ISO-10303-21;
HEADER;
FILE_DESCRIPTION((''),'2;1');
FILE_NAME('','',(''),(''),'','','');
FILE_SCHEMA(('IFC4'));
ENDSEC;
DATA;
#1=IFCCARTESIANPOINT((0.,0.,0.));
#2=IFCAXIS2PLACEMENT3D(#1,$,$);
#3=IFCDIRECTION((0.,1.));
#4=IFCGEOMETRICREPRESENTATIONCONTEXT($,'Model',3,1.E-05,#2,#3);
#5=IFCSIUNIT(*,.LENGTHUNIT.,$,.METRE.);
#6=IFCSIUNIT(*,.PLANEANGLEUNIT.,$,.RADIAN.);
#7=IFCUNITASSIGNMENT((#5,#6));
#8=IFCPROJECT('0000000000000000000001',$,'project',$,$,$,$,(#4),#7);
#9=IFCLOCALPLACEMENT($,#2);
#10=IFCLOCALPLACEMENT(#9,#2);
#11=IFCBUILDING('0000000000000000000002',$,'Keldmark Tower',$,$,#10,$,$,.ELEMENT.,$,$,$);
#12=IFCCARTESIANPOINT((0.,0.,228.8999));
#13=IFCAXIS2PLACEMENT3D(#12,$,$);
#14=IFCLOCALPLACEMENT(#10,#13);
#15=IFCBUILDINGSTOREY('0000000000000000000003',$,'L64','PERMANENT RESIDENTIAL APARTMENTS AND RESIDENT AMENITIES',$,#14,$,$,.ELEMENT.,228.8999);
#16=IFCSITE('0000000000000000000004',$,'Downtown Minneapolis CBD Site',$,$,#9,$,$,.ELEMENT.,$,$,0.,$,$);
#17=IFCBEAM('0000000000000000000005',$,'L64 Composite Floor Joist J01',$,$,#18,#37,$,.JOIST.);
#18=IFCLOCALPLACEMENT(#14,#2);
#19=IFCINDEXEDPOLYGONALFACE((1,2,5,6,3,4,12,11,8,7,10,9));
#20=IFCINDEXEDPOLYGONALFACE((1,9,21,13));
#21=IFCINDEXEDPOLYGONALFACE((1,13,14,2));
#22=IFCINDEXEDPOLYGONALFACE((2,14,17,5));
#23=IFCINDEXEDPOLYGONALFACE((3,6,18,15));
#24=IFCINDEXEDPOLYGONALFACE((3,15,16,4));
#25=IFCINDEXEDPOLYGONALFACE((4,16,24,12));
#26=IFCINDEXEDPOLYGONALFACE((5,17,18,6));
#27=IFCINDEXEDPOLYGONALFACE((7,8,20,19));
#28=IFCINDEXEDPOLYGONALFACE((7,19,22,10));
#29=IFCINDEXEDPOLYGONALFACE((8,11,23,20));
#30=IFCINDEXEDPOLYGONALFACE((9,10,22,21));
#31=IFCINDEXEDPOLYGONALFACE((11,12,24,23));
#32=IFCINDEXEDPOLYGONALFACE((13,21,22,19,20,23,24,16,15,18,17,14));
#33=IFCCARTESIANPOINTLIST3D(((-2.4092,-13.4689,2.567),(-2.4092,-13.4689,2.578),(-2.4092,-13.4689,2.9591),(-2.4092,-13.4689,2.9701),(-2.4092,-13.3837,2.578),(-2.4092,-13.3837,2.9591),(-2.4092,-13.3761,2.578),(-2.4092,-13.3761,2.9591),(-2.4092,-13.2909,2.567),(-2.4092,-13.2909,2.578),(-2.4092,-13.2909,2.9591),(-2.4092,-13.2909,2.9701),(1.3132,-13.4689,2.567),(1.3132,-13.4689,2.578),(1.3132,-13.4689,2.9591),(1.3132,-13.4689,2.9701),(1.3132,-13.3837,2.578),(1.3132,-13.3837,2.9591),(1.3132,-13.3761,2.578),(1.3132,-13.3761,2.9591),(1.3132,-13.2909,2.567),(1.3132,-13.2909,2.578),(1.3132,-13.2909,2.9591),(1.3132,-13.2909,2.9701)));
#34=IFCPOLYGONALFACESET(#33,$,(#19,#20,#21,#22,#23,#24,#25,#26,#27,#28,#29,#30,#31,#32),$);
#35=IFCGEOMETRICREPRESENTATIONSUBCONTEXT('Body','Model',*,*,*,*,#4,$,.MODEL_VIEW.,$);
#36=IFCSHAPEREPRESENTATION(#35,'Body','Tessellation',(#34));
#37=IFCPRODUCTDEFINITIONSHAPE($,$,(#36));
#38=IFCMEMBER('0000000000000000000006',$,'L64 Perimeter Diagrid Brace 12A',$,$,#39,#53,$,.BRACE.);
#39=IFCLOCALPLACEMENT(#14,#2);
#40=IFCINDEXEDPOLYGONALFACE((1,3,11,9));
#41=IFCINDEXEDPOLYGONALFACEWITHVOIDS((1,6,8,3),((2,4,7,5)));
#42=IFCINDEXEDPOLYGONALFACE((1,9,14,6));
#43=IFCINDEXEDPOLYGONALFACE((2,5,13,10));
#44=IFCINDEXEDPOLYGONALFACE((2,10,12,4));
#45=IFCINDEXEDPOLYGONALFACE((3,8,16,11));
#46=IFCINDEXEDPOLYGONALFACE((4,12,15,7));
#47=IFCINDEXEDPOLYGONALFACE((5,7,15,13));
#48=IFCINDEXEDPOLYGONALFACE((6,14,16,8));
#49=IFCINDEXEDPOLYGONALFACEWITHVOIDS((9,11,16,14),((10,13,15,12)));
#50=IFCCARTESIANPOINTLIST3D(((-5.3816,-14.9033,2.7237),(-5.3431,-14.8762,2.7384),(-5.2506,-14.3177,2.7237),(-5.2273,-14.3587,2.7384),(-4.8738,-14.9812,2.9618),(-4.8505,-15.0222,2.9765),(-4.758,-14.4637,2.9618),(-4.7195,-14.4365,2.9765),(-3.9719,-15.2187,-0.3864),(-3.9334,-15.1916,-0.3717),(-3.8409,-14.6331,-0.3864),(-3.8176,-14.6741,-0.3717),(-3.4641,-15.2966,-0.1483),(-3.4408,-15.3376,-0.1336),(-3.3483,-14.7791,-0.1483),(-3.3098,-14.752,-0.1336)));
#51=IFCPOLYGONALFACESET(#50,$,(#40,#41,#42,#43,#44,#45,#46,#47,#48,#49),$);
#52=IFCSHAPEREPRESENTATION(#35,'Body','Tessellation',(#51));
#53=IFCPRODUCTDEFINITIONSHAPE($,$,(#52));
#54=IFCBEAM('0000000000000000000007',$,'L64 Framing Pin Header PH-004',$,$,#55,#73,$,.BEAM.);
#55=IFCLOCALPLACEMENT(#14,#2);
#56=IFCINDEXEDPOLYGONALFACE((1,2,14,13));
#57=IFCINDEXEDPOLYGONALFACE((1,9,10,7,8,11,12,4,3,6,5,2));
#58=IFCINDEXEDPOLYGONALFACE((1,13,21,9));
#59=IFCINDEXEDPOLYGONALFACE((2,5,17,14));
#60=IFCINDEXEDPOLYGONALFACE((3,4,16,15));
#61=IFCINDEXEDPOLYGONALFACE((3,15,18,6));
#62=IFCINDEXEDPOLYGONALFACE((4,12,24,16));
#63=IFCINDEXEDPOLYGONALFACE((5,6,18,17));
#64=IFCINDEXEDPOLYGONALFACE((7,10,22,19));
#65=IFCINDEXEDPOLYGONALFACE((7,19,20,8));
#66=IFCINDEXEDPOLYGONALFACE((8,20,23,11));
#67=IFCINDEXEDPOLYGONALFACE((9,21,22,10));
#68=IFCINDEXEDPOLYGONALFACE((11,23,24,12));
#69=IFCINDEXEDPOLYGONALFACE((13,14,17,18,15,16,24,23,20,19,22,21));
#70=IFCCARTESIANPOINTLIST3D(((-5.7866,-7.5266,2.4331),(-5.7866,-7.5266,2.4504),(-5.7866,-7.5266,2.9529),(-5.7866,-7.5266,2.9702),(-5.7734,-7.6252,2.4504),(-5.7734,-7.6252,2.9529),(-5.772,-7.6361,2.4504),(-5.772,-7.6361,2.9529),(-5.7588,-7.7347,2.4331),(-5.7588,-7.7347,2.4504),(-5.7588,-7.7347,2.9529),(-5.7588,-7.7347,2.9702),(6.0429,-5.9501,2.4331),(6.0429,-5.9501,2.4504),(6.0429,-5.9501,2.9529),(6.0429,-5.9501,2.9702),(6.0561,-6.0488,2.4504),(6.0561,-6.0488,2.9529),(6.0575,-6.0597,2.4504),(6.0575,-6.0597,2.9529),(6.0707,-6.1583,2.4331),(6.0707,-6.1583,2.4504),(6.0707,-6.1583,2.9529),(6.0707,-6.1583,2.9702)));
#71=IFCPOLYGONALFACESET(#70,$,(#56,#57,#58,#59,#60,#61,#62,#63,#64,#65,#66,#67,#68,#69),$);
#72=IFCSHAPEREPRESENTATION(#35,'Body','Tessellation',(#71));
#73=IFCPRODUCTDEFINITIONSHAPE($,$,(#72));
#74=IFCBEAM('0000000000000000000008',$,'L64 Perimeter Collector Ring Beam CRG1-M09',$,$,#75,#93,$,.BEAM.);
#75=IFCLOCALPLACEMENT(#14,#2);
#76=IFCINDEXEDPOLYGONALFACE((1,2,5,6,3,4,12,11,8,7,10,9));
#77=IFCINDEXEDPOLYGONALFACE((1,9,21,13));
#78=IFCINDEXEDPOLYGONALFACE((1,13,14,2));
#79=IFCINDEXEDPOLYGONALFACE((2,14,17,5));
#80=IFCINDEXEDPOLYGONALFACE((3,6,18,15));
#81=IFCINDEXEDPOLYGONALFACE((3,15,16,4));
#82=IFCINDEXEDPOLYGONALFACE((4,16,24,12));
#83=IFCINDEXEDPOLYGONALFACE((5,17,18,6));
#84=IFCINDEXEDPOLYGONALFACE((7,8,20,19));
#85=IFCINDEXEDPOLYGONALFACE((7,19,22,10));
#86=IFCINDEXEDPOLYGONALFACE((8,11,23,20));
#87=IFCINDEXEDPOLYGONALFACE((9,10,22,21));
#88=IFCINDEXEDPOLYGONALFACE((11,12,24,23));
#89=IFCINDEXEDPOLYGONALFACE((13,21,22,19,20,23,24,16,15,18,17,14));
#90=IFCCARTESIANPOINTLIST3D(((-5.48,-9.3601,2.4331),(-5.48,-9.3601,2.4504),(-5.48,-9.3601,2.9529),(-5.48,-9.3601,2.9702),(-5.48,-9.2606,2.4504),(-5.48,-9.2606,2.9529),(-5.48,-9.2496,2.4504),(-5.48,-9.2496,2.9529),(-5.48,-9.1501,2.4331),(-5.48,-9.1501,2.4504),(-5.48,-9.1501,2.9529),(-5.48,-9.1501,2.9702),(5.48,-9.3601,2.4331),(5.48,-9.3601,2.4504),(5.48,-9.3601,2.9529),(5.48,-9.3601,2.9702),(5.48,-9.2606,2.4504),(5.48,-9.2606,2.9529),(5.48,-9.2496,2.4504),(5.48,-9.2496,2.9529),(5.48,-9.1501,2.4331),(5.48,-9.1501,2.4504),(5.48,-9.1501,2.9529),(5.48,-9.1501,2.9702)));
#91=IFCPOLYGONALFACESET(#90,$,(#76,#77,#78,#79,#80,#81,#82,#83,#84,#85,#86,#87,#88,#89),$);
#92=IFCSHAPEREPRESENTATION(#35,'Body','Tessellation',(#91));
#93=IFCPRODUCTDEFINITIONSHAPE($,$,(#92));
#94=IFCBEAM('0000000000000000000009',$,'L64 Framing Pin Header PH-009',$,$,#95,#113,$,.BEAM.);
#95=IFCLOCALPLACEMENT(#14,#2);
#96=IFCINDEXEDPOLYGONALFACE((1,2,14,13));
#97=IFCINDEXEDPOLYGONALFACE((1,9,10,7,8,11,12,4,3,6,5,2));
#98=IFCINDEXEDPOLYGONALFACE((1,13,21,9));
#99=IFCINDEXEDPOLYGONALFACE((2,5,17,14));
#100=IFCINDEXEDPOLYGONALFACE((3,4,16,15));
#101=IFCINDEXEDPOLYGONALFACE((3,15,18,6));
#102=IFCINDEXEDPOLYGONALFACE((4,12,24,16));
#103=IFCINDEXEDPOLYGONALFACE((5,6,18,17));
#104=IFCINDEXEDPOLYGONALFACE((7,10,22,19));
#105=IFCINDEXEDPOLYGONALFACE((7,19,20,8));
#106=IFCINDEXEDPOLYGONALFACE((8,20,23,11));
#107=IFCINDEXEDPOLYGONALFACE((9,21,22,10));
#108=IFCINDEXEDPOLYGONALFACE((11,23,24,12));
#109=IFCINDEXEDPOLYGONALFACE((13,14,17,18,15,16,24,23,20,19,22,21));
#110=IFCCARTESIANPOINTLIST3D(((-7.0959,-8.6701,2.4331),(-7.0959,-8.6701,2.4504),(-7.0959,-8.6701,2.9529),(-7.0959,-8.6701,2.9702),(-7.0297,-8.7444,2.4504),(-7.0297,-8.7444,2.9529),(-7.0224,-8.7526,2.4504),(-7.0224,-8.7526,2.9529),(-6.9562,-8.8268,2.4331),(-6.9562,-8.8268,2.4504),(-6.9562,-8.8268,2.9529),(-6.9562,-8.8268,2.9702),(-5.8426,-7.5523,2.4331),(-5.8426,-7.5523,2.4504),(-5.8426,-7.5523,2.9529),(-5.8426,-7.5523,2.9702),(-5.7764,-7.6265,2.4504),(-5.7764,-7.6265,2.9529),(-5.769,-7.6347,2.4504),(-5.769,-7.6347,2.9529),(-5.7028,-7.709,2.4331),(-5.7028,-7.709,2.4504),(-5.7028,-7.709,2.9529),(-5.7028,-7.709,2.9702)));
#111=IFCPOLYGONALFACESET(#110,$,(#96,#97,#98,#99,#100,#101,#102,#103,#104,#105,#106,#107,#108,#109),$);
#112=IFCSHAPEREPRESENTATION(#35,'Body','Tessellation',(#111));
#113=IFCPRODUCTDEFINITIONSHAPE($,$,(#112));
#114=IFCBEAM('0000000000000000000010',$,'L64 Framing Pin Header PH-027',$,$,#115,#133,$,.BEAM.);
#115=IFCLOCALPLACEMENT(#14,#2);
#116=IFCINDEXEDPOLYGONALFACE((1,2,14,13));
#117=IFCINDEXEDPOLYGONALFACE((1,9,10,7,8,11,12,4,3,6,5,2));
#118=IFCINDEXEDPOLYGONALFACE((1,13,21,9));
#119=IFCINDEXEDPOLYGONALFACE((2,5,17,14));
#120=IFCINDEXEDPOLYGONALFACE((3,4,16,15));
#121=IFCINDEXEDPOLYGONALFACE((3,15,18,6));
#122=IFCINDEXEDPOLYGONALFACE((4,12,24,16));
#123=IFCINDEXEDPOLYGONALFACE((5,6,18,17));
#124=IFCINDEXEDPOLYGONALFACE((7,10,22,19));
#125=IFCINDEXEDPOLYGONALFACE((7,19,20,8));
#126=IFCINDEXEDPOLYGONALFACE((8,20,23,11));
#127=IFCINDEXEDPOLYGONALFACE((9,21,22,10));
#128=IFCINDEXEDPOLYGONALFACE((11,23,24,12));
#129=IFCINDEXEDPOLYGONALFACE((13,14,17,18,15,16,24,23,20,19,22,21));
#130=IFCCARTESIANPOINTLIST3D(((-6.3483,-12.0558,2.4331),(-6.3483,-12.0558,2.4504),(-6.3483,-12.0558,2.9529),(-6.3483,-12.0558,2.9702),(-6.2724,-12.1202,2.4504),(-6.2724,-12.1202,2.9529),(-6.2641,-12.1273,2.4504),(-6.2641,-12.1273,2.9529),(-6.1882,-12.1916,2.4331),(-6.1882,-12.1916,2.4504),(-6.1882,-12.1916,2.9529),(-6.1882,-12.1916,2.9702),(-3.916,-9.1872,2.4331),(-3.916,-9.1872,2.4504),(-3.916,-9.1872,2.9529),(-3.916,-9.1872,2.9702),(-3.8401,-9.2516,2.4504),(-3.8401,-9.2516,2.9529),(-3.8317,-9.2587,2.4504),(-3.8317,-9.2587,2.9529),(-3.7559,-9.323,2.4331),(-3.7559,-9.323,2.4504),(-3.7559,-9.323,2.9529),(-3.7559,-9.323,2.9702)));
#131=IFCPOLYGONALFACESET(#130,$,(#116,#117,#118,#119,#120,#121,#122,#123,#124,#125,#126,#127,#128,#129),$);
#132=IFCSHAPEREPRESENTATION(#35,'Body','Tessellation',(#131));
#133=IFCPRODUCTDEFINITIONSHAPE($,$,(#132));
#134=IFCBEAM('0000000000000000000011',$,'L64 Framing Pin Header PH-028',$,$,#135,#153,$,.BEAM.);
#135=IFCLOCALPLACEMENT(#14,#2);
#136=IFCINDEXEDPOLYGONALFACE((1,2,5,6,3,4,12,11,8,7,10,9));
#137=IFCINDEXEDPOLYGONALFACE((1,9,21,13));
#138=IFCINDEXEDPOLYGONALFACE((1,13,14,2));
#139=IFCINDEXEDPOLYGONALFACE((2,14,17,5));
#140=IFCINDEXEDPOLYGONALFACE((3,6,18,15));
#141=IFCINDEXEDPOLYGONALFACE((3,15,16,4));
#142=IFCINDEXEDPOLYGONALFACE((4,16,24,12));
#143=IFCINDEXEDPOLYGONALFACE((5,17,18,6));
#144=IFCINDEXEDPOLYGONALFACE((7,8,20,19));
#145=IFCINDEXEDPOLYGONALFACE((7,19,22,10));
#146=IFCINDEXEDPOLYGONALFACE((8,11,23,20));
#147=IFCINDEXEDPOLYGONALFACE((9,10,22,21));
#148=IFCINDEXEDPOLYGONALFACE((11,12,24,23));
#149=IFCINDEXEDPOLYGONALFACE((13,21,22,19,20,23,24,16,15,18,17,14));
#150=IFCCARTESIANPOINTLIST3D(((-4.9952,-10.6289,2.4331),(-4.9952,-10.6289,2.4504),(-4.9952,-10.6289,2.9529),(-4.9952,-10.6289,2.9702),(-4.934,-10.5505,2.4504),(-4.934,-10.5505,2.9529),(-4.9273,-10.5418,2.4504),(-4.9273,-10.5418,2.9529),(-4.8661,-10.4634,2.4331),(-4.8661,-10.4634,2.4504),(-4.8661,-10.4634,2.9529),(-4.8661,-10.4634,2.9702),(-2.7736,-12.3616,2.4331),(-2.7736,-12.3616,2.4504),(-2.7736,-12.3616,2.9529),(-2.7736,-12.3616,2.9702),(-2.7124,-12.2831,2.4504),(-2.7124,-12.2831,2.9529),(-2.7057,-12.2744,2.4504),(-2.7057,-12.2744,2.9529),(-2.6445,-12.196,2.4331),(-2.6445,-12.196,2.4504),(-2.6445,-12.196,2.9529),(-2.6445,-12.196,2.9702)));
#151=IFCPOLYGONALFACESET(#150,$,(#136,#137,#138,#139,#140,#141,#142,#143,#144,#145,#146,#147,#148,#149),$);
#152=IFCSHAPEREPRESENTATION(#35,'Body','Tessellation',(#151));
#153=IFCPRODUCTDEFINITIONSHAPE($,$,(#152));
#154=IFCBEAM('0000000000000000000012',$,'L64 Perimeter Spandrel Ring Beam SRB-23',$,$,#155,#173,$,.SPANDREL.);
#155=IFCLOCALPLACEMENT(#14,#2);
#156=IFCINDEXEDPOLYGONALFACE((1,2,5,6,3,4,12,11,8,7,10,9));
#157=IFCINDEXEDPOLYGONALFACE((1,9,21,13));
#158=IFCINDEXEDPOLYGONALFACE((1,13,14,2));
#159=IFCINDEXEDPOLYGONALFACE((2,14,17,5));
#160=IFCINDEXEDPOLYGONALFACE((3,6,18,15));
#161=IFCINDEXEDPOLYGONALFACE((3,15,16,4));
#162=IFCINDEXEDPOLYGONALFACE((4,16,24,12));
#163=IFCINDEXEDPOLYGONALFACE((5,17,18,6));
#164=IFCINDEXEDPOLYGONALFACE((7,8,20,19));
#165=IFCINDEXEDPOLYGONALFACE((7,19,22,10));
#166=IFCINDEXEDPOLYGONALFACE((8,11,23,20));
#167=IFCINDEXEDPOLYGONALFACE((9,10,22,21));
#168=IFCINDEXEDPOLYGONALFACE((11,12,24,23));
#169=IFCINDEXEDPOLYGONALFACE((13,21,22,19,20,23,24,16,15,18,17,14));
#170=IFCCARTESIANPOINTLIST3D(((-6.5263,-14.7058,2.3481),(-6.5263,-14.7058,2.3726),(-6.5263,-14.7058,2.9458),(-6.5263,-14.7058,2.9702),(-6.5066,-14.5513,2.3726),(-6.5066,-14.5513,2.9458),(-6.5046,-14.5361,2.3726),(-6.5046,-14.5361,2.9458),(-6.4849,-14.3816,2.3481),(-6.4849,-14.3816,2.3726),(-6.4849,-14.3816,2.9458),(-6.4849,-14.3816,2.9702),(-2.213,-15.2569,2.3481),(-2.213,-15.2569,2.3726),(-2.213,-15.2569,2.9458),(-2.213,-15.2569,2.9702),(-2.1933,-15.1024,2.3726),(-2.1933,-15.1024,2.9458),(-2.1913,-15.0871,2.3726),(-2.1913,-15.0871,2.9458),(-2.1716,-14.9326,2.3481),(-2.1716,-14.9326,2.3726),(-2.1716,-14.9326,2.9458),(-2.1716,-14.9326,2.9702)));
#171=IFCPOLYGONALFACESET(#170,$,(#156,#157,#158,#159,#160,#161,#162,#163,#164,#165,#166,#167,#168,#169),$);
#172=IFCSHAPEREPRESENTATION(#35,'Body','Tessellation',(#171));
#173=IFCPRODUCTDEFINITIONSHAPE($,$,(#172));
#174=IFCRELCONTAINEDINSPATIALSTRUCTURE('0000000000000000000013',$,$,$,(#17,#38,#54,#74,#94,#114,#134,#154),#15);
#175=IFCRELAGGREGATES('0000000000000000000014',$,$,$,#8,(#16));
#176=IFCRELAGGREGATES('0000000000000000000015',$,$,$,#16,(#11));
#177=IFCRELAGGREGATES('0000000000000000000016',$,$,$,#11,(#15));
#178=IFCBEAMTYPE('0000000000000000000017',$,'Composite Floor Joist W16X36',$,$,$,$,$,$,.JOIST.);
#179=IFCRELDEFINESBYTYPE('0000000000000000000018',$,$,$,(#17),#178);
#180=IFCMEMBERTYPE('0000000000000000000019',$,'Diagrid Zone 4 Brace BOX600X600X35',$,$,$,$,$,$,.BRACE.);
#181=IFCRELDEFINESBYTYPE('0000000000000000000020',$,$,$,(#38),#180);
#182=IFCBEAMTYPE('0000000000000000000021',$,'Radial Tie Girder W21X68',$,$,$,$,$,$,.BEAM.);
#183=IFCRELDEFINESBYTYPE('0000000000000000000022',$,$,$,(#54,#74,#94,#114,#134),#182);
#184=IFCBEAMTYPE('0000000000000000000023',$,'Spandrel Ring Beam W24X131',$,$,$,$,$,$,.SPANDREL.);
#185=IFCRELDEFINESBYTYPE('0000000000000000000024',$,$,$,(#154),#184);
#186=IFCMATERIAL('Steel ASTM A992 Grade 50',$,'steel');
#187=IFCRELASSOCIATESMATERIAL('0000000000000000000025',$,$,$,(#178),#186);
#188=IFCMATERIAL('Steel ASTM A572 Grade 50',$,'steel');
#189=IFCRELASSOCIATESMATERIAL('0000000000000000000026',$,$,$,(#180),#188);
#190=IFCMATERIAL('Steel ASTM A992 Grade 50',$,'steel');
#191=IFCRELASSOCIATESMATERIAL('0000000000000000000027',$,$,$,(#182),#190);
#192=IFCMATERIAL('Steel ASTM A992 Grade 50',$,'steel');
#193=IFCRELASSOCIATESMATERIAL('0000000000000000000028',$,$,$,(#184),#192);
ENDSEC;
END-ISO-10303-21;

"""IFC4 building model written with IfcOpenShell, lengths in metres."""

from ifc_helpers import new_model, si_unit, direction, frame, origin, origin_2d, place, context, subcontext, project, spatial, hollow_rectangle, i_section, extrude, material, material_profile, profile_set, type_object, element, save


model = new_model("IFC4")

# Units and contexts
model_context = context("Model", 3, precision=1e-05, world=origin(), true_north=direction((0.0, 1.0)))
body_context = subcontext(model_context, "Body", "Model", "MODEL_VIEW")
ifc_project = project(units=[si_unit("LENGTHUNIT", "METRE"), si_unit("PLANEANGLEUNIT", "RADIAN")], contexts=[model_context])

# Site, building, storey
site_placement = place(None, origin())
site = spatial("IfcSite", under=ifc_project, at=site_placement, Name="Downtown Minneapolis CBD Site", CompositionType="ELEMENT", RefElevation=0.0)
building_placement = place(site_placement, origin())
building = spatial("IfcBuilding", under=site, at=building_placement, Name="Keldmark Tower", CompositionType="ELEMENT")
storey_placement = place(building_placement, frame((0.0, 0.0, 228.8999)))
storey = spatial("IfcBuildingStorey", under=building, at=storey_placement, Name="L64", Description="PERMANENT RESIDENTIAL APARTMENTS AND RESIDENT AMENITIES", CompositionType="ELEMENT", Elevation=228.8999)

# Beam
ifc_material_1 = material(Name="Steel ASTM A992 Grade 50", Category="steel")
ifc_material_profile_1 = material_profile(ifc_material_1, i_section(OverallWidth=0.178, OverallDepth=0.4031, WebThickness=0.0076, FlangeThickness=0.011, at=origin_2d()), Name="W16X36")
ifc_profile_set_1 = profile_set([ifc_material_profile_1], Name="Steel ASTM A992 Grade 50")
beam_type_1 = type_object("IfcBeamType", Name="Composite Floor Joist W16X36", PredefinedType="JOIST", material=ifc_profile_set_1)
beam_1_placement = place(storey_placement, frame((-2.4092, -13.3799, 2.7686), z_axis=(1.0, 0.0, 0.0), x_axis=(0.0, 1.0, 0.0)))
element("IfcBeam", 1, at=beam_1_placement, inside=storey, type_object=beam_type_1, Name="L64 Composite Floor Joist J01", PredefinedType="JOIST", context=body_context, shape_type="SweptSolid", body=[
    extrude(i_section(OverallWidth=0.178, OverallDepth=0.4031, WebThickness=0.0076, FlangeThickness=0.011, at=origin_2d()), origin(), (0.0, 0.0, 1.0), 3.7224),
])

# Member
ifc_material_2 = material(Name="Steel ASTM A572 Grade 50", Category="steel")
ifc_material_profile_2 = material_profile(ifc_material_2, hollow_rectangle(XDim=0.6001, YDim=0.6001, WallThickness=0.0349, at=origin_2d()), Name="BOX600X600X35")
ifc_profile_set_2 = profile_set([ifc_material_profile_2], Name="Steel ASTM A572 Grade 50")
member_type = type_object("IfcMemberType", Name="Diagrid Zone 4 Brace BOX600X600X35", PredefinedType="BRACE", material=ifc_profile_set_2)
member_placement = place(storey_placement, frame((-3.6409, -14.9854, -0.26), z_axis=(-0.411078, 0.091983, 0.906948), x_axis=(-0.218362, -0.975868, 0.0)))
element("IfcMember", 2, at=member_placement, inside=storey, type_object=member_type, Name="L64 Perimeter Diagrid Brace 12A", PredefinedType="BRACE", context=body_context, shape_type="SweptSolid", body=[
    extrude(hollow_rectangle(XDim=0.6001, YDim=0.6001, WallThickness=0.0349, at=origin_2d()), origin(), (0.0, 0.0, 1.0), 3.4292),
])

# Beams
ifc_material_3 = material(Name="Steel ASTM A992 Grade 50", Category="steel")
ifc_material_profile_3 = material_profile(ifc_material_3, i_section(OverallWidth=0.21, OverallDepth=0.5371, WebThickness=0.011, FlangeThickness=0.0173, at=origin_2d()), Name="W21X68")
ifc_profile_set_3 = profile_set([ifc_material_profile_3], Name="Steel ASTM A992 Grade 50")
beam_type_2 = type_object("IfcBeamType", Name="Radial Tie Girder W21X68", PredefinedType="BEAM", material=ifc_profile_set_3)
beam_2_placement = place(storey_placement, frame((-5.7727, -7.6306, 2.7017), z_axis=(0.991237, 0.132093, 0.0), x_axis=(-0.132093, 0.991237, 0.0)))
element("IfcBeam", 3, at=beam_2_placement, inside=storey, type_object=beam_type_2, Name="L64 Framing Pin Header PH-004", PredefinedType="BEAM", context=body_context, shape_type="SweptSolid", body=[
    extrude(i_section(OverallWidth=0.21, OverallDepth=0.5371, WebThickness=0.011, FlangeThickness=0.0173, at=origin_2d()), origin(), (0.0, 0.0, 1.0), 11.9341),
])
beam_3_placement = place(storey_placement, frame((-5.48, -9.2551, 2.7017), z_axis=(1.0, 0.0, 0.0), x_axis=(0.0, 1.0, 0.0)))
element("IfcBeam", 4, at=beam_3_placement, inside=storey, type_object=beam_type_2, Name="L64 Perimeter Collector Ring Beam CRG1-M09", PredefinedType="BEAM", context=body_context, shape_type="SweptSolid", body=[
    extrude(i_section(OverallWidth=0.21, OverallDepth=0.5371, WebThickness=0.011, FlangeThickness=0.0173, at=origin_2d()), origin(), (0.0, 0.0, 1.0), 10.96),
])
beam_4_placement = place(storey_placement, frame((-5.7727, -7.6306, 2.7017), z_axis=(-0.746293, -0.665617, 0.0), x_axis=(0.665617, -0.746293, 0.0)))
element("IfcBeam", 5, at=beam_4_placement, inside=storey, type_object=beam_type_2, Name="L64 Framing Pin Header PH-009", PredefinedType="BEAM", context=body_context, shape_type="SweptSolid", body=[
    extrude(i_section(OverallWidth=0.21, OverallDepth=0.5371, WebThickness=0.011, FlangeThickness=0.0173, at=origin_2d()), origin(), (0.0, 0.0, 1.0), 1.6794),
])
beam_5_placement = place(storey_placement, frame((-3.8359, -9.2551, 2.7017), z_axis=(-0.646725, -0.762724, 0.0), x_axis=(0.762724, -0.646725, 0.0)))
element("IfcBeam", 6, at=beam_5_placement, inside=storey, type_object=beam_type_2, Name="L64 Framing Pin Header PH-027", PredefinedType="BEAM", context=body_context, shape_type="SweptSolid", body=[
    extrude(i_section(OverallWidth=0.21, OverallDepth=0.5371, WebThickness=0.011, FlangeThickness=0.0173, at=origin_2d()), origin(), (0.0, 0.0, 1.0), 3.761),
])
beam_6_placement = place(storey_placement, frame((-4.9307, -10.5461, 2.7017), z_axis=(0.788544, -0.614978, 0.0), x_axis=(0.614978, 0.788544, 0.0)))
element("IfcBeam", 7, at=beam_6_placement, inside=storey, type_object=beam_type_2, Name="L64 Framing Pin Header PH-028", PredefinedType="BEAM", context=body_context, shape_type="SweptSolid", body=[
    extrude(i_section(OverallWidth=0.21, OverallDepth=0.5371, WebThickness=0.011, FlangeThickness=0.0173, at=origin_2d()), origin(), (0.0, 0.0, 1.0), 2.8174),
])
ifc_material_4 = material(Name="Steel ASTM A992 Grade 50", Category="steel")
ifc_material_profile_4 = material_profile(ifc_material_4, i_section(OverallWidth=0.3269, OverallDepth=0.6221, WebThickness=0.0154, FlangeThickness=0.0244, at=origin_2d()), Name="W24X131")
ifc_profile_set_4 = profile_set([ifc_material_profile_4], Name="Steel ASTM A992 Grade 50")
beam_type_3 = type_object("IfcBeamType", Name="Spandrel Ring Beam W24X131", PredefinedType="SPANDREL", material=ifc_profile_set_4)
beam_7_placement = place(storey_placement, frame((-6.5056, -14.5437, 2.6592), z_axis=(0.991938, -0.126722, 0.0), x_axis=(0.126722, 0.991938, 0.0)))
element("IfcBeam", 8, at=beam_7_placement, inside=storey, type_object=beam_type_3, Name="L64 Perimeter Spandrel Ring Beam SRB-23", PredefinedType="SPANDREL", context=body_context, shape_type="SweptSolid", body=[
    extrude(i_section(OverallWidth=0.3269, OverallDepth=0.6221, WebThickness=0.0154, FlangeThickness=0.0244, at=origin_2d()), origin(), (0.0, 0.0, 1.0), 4.3484),
])

save(model, "model.ifc")
